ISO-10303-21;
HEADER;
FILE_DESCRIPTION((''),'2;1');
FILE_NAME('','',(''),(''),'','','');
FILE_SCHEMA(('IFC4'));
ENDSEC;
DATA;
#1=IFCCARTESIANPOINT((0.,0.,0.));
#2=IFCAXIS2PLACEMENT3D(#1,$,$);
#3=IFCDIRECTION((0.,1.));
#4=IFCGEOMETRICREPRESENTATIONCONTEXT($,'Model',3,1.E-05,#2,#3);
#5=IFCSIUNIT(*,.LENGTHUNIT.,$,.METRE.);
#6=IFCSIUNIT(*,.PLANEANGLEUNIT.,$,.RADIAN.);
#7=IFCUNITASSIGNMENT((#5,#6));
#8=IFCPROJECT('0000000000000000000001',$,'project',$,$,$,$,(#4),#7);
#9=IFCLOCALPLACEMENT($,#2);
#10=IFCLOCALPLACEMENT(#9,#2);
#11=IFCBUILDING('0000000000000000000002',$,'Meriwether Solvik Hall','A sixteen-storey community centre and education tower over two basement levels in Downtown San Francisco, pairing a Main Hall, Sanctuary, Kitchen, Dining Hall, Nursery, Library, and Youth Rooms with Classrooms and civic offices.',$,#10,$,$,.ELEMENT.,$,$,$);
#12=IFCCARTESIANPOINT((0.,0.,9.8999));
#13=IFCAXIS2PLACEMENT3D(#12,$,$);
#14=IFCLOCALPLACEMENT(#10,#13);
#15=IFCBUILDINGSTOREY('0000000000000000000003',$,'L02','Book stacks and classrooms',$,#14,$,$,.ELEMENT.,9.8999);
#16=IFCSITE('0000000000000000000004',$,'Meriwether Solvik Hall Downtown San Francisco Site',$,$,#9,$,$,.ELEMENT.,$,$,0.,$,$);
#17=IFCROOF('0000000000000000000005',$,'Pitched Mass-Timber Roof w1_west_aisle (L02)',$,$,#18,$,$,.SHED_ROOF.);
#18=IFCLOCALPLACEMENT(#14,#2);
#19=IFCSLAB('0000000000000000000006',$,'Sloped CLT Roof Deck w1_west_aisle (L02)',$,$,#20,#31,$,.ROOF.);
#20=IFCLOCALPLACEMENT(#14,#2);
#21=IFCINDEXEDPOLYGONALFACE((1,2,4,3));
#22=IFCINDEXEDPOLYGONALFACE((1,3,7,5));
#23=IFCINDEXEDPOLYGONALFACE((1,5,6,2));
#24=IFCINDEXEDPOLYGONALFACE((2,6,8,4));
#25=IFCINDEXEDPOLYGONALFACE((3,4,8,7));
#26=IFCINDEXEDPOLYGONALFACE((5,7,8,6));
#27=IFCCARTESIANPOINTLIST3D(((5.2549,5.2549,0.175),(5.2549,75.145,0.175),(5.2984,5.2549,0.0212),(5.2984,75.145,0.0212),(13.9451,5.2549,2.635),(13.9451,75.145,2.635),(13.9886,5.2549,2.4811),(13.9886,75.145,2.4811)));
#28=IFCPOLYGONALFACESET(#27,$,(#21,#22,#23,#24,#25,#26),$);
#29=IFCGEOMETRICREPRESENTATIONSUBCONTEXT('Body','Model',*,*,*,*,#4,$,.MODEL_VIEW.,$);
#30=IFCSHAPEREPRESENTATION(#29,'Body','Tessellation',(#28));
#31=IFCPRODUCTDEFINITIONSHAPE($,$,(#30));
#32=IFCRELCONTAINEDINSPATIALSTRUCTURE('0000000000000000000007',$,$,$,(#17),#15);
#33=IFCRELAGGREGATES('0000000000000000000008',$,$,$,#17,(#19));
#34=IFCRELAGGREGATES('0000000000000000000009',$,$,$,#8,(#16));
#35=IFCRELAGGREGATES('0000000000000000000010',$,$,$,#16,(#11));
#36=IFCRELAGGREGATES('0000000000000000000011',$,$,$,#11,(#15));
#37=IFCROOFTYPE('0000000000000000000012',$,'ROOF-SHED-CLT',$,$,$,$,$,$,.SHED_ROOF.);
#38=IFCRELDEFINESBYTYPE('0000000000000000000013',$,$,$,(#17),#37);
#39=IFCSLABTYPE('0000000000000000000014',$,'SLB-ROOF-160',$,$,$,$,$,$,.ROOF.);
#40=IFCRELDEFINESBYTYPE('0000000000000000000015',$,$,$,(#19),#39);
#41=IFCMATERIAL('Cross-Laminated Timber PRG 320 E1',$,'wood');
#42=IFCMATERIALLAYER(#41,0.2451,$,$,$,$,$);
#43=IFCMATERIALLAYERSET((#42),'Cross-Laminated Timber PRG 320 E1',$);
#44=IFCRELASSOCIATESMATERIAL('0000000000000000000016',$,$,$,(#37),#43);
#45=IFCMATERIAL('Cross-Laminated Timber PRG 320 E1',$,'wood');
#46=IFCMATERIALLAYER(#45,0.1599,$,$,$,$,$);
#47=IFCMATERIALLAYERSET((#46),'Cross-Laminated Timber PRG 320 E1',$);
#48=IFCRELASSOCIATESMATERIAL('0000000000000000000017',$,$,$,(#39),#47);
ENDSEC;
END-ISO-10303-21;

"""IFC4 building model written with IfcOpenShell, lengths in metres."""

from ifc_helpers import new_model, si_unit, direction, frame, origin, place, context, subcontext, project, spatial, polyline, outline, extrude, material, layer, layer_set, type_object, element, aggregate, save


model = new_model("IFC4")

# Units and contexts
model_context = context("Model", 3, precision=1e-05, world=origin(), true_north=direction((0.0, 1.0)))
body_context = subcontext(model_context, "Body", "Model", "MODEL_VIEW")
ifc_project = project(units=[si_unit("LENGTHUNIT", "METRE"), si_unit("PLANEANGLEUNIT", "RADIAN")], contexts=[model_context])

# Site, building, storey
site_placement = place(None, origin())
site = spatial("IfcSite", under=ifc_project, at=site_placement, Name="Meriwether Solvik Hall Downtown San Francisco Site", CompositionType="ELEMENT", RefElevation=0.0)
building_placement = place(site_placement, origin())
building = spatial("IfcBuilding", under=site, at=building_placement, Name="Meriwether Solvik Hall", Description="A sixteen-storey community centre and education tower over two basement levels in Downtown San Francisco, pairing a Main Hall, Sanctuary, Kitchen, Dining Hall, Nursery, Library, and Youth Rooms with Classrooms and civic offices.", CompositionType="ELEMENT")
storey_placement = place(building_placement, frame((0.0, 0.0, 9.8999)))
storey = spatial("IfcBuildingStorey", under=building, at=storey_placement, Name="L02", Description="Book stacks and classrooms", CompositionType="ELEMENT", Elevation=9.8999)

# Roof, slab
ifc_material_1 = material(Name="Cross-Laminated Timber PRG 320 E1", Category="wood")
ifc_layer_1 = layer(ifc_material_1, 0.2451)
ifc_layer_set_1 = layer_set([ifc_layer_1], Name="Cross-Laminated Timber PRG 320 E1")
roof_type = type_object("IfcRoofType", Name="ROOF-SHED-CLT", PredefinedType="SHED_ROOF", material=ifc_layer_set_1)
roof_placement = place(storey_placement, origin())
roof = element("IfcRoof", 1, at=roof_placement, inside=storey, type_object=roof_type, Name="Pitched Mass-Timber Roof w1_west_aisle (L02)", PredefinedType="SHED_ROOF")
ifc_material_2 = material(Name="Cross-Laminated Timber PRG 320 E1", Category="wood")
ifc_layer_2 = layer(ifc_material_2, 0.1599)
ifc_layer_set_2 = layer_set([ifc_layer_2], Name="Cross-Laminated Timber PRG 320 E1")
slab_type_1 = type_object("IfcSlabType", Name="SLB-ROOF-160", PredefinedType="ROOF", material=ifc_layer_set_2)
slab_1_placement = place(storey_placement, frame((5.2549, 5.2549, 0.175), z_axis=(-0.272371, 0.0, 0.962192), x_axis=(0.962192, 0.0, 0.272371)))
slab_1 = element("IfcSlab", 2, at=slab_1_placement, type_object=slab_type_1, Name="Sloped CLT Roof Deck w1_west_aisle (L02)", PredefinedType="ROOF", context=body_context, shape_type="SweptSolid", body=[
    extrude(outline(polyline([(0.0, 0.0), (9.0317, 0.0), (9.0317, 69.8901), (0.0, 69.8901), (0.0, 0.0)])), origin(), (0.0, 0.0, -1.0), 0.1599),
])
aggregate(roof, [slab_1])

save(model, "model.ifc")
